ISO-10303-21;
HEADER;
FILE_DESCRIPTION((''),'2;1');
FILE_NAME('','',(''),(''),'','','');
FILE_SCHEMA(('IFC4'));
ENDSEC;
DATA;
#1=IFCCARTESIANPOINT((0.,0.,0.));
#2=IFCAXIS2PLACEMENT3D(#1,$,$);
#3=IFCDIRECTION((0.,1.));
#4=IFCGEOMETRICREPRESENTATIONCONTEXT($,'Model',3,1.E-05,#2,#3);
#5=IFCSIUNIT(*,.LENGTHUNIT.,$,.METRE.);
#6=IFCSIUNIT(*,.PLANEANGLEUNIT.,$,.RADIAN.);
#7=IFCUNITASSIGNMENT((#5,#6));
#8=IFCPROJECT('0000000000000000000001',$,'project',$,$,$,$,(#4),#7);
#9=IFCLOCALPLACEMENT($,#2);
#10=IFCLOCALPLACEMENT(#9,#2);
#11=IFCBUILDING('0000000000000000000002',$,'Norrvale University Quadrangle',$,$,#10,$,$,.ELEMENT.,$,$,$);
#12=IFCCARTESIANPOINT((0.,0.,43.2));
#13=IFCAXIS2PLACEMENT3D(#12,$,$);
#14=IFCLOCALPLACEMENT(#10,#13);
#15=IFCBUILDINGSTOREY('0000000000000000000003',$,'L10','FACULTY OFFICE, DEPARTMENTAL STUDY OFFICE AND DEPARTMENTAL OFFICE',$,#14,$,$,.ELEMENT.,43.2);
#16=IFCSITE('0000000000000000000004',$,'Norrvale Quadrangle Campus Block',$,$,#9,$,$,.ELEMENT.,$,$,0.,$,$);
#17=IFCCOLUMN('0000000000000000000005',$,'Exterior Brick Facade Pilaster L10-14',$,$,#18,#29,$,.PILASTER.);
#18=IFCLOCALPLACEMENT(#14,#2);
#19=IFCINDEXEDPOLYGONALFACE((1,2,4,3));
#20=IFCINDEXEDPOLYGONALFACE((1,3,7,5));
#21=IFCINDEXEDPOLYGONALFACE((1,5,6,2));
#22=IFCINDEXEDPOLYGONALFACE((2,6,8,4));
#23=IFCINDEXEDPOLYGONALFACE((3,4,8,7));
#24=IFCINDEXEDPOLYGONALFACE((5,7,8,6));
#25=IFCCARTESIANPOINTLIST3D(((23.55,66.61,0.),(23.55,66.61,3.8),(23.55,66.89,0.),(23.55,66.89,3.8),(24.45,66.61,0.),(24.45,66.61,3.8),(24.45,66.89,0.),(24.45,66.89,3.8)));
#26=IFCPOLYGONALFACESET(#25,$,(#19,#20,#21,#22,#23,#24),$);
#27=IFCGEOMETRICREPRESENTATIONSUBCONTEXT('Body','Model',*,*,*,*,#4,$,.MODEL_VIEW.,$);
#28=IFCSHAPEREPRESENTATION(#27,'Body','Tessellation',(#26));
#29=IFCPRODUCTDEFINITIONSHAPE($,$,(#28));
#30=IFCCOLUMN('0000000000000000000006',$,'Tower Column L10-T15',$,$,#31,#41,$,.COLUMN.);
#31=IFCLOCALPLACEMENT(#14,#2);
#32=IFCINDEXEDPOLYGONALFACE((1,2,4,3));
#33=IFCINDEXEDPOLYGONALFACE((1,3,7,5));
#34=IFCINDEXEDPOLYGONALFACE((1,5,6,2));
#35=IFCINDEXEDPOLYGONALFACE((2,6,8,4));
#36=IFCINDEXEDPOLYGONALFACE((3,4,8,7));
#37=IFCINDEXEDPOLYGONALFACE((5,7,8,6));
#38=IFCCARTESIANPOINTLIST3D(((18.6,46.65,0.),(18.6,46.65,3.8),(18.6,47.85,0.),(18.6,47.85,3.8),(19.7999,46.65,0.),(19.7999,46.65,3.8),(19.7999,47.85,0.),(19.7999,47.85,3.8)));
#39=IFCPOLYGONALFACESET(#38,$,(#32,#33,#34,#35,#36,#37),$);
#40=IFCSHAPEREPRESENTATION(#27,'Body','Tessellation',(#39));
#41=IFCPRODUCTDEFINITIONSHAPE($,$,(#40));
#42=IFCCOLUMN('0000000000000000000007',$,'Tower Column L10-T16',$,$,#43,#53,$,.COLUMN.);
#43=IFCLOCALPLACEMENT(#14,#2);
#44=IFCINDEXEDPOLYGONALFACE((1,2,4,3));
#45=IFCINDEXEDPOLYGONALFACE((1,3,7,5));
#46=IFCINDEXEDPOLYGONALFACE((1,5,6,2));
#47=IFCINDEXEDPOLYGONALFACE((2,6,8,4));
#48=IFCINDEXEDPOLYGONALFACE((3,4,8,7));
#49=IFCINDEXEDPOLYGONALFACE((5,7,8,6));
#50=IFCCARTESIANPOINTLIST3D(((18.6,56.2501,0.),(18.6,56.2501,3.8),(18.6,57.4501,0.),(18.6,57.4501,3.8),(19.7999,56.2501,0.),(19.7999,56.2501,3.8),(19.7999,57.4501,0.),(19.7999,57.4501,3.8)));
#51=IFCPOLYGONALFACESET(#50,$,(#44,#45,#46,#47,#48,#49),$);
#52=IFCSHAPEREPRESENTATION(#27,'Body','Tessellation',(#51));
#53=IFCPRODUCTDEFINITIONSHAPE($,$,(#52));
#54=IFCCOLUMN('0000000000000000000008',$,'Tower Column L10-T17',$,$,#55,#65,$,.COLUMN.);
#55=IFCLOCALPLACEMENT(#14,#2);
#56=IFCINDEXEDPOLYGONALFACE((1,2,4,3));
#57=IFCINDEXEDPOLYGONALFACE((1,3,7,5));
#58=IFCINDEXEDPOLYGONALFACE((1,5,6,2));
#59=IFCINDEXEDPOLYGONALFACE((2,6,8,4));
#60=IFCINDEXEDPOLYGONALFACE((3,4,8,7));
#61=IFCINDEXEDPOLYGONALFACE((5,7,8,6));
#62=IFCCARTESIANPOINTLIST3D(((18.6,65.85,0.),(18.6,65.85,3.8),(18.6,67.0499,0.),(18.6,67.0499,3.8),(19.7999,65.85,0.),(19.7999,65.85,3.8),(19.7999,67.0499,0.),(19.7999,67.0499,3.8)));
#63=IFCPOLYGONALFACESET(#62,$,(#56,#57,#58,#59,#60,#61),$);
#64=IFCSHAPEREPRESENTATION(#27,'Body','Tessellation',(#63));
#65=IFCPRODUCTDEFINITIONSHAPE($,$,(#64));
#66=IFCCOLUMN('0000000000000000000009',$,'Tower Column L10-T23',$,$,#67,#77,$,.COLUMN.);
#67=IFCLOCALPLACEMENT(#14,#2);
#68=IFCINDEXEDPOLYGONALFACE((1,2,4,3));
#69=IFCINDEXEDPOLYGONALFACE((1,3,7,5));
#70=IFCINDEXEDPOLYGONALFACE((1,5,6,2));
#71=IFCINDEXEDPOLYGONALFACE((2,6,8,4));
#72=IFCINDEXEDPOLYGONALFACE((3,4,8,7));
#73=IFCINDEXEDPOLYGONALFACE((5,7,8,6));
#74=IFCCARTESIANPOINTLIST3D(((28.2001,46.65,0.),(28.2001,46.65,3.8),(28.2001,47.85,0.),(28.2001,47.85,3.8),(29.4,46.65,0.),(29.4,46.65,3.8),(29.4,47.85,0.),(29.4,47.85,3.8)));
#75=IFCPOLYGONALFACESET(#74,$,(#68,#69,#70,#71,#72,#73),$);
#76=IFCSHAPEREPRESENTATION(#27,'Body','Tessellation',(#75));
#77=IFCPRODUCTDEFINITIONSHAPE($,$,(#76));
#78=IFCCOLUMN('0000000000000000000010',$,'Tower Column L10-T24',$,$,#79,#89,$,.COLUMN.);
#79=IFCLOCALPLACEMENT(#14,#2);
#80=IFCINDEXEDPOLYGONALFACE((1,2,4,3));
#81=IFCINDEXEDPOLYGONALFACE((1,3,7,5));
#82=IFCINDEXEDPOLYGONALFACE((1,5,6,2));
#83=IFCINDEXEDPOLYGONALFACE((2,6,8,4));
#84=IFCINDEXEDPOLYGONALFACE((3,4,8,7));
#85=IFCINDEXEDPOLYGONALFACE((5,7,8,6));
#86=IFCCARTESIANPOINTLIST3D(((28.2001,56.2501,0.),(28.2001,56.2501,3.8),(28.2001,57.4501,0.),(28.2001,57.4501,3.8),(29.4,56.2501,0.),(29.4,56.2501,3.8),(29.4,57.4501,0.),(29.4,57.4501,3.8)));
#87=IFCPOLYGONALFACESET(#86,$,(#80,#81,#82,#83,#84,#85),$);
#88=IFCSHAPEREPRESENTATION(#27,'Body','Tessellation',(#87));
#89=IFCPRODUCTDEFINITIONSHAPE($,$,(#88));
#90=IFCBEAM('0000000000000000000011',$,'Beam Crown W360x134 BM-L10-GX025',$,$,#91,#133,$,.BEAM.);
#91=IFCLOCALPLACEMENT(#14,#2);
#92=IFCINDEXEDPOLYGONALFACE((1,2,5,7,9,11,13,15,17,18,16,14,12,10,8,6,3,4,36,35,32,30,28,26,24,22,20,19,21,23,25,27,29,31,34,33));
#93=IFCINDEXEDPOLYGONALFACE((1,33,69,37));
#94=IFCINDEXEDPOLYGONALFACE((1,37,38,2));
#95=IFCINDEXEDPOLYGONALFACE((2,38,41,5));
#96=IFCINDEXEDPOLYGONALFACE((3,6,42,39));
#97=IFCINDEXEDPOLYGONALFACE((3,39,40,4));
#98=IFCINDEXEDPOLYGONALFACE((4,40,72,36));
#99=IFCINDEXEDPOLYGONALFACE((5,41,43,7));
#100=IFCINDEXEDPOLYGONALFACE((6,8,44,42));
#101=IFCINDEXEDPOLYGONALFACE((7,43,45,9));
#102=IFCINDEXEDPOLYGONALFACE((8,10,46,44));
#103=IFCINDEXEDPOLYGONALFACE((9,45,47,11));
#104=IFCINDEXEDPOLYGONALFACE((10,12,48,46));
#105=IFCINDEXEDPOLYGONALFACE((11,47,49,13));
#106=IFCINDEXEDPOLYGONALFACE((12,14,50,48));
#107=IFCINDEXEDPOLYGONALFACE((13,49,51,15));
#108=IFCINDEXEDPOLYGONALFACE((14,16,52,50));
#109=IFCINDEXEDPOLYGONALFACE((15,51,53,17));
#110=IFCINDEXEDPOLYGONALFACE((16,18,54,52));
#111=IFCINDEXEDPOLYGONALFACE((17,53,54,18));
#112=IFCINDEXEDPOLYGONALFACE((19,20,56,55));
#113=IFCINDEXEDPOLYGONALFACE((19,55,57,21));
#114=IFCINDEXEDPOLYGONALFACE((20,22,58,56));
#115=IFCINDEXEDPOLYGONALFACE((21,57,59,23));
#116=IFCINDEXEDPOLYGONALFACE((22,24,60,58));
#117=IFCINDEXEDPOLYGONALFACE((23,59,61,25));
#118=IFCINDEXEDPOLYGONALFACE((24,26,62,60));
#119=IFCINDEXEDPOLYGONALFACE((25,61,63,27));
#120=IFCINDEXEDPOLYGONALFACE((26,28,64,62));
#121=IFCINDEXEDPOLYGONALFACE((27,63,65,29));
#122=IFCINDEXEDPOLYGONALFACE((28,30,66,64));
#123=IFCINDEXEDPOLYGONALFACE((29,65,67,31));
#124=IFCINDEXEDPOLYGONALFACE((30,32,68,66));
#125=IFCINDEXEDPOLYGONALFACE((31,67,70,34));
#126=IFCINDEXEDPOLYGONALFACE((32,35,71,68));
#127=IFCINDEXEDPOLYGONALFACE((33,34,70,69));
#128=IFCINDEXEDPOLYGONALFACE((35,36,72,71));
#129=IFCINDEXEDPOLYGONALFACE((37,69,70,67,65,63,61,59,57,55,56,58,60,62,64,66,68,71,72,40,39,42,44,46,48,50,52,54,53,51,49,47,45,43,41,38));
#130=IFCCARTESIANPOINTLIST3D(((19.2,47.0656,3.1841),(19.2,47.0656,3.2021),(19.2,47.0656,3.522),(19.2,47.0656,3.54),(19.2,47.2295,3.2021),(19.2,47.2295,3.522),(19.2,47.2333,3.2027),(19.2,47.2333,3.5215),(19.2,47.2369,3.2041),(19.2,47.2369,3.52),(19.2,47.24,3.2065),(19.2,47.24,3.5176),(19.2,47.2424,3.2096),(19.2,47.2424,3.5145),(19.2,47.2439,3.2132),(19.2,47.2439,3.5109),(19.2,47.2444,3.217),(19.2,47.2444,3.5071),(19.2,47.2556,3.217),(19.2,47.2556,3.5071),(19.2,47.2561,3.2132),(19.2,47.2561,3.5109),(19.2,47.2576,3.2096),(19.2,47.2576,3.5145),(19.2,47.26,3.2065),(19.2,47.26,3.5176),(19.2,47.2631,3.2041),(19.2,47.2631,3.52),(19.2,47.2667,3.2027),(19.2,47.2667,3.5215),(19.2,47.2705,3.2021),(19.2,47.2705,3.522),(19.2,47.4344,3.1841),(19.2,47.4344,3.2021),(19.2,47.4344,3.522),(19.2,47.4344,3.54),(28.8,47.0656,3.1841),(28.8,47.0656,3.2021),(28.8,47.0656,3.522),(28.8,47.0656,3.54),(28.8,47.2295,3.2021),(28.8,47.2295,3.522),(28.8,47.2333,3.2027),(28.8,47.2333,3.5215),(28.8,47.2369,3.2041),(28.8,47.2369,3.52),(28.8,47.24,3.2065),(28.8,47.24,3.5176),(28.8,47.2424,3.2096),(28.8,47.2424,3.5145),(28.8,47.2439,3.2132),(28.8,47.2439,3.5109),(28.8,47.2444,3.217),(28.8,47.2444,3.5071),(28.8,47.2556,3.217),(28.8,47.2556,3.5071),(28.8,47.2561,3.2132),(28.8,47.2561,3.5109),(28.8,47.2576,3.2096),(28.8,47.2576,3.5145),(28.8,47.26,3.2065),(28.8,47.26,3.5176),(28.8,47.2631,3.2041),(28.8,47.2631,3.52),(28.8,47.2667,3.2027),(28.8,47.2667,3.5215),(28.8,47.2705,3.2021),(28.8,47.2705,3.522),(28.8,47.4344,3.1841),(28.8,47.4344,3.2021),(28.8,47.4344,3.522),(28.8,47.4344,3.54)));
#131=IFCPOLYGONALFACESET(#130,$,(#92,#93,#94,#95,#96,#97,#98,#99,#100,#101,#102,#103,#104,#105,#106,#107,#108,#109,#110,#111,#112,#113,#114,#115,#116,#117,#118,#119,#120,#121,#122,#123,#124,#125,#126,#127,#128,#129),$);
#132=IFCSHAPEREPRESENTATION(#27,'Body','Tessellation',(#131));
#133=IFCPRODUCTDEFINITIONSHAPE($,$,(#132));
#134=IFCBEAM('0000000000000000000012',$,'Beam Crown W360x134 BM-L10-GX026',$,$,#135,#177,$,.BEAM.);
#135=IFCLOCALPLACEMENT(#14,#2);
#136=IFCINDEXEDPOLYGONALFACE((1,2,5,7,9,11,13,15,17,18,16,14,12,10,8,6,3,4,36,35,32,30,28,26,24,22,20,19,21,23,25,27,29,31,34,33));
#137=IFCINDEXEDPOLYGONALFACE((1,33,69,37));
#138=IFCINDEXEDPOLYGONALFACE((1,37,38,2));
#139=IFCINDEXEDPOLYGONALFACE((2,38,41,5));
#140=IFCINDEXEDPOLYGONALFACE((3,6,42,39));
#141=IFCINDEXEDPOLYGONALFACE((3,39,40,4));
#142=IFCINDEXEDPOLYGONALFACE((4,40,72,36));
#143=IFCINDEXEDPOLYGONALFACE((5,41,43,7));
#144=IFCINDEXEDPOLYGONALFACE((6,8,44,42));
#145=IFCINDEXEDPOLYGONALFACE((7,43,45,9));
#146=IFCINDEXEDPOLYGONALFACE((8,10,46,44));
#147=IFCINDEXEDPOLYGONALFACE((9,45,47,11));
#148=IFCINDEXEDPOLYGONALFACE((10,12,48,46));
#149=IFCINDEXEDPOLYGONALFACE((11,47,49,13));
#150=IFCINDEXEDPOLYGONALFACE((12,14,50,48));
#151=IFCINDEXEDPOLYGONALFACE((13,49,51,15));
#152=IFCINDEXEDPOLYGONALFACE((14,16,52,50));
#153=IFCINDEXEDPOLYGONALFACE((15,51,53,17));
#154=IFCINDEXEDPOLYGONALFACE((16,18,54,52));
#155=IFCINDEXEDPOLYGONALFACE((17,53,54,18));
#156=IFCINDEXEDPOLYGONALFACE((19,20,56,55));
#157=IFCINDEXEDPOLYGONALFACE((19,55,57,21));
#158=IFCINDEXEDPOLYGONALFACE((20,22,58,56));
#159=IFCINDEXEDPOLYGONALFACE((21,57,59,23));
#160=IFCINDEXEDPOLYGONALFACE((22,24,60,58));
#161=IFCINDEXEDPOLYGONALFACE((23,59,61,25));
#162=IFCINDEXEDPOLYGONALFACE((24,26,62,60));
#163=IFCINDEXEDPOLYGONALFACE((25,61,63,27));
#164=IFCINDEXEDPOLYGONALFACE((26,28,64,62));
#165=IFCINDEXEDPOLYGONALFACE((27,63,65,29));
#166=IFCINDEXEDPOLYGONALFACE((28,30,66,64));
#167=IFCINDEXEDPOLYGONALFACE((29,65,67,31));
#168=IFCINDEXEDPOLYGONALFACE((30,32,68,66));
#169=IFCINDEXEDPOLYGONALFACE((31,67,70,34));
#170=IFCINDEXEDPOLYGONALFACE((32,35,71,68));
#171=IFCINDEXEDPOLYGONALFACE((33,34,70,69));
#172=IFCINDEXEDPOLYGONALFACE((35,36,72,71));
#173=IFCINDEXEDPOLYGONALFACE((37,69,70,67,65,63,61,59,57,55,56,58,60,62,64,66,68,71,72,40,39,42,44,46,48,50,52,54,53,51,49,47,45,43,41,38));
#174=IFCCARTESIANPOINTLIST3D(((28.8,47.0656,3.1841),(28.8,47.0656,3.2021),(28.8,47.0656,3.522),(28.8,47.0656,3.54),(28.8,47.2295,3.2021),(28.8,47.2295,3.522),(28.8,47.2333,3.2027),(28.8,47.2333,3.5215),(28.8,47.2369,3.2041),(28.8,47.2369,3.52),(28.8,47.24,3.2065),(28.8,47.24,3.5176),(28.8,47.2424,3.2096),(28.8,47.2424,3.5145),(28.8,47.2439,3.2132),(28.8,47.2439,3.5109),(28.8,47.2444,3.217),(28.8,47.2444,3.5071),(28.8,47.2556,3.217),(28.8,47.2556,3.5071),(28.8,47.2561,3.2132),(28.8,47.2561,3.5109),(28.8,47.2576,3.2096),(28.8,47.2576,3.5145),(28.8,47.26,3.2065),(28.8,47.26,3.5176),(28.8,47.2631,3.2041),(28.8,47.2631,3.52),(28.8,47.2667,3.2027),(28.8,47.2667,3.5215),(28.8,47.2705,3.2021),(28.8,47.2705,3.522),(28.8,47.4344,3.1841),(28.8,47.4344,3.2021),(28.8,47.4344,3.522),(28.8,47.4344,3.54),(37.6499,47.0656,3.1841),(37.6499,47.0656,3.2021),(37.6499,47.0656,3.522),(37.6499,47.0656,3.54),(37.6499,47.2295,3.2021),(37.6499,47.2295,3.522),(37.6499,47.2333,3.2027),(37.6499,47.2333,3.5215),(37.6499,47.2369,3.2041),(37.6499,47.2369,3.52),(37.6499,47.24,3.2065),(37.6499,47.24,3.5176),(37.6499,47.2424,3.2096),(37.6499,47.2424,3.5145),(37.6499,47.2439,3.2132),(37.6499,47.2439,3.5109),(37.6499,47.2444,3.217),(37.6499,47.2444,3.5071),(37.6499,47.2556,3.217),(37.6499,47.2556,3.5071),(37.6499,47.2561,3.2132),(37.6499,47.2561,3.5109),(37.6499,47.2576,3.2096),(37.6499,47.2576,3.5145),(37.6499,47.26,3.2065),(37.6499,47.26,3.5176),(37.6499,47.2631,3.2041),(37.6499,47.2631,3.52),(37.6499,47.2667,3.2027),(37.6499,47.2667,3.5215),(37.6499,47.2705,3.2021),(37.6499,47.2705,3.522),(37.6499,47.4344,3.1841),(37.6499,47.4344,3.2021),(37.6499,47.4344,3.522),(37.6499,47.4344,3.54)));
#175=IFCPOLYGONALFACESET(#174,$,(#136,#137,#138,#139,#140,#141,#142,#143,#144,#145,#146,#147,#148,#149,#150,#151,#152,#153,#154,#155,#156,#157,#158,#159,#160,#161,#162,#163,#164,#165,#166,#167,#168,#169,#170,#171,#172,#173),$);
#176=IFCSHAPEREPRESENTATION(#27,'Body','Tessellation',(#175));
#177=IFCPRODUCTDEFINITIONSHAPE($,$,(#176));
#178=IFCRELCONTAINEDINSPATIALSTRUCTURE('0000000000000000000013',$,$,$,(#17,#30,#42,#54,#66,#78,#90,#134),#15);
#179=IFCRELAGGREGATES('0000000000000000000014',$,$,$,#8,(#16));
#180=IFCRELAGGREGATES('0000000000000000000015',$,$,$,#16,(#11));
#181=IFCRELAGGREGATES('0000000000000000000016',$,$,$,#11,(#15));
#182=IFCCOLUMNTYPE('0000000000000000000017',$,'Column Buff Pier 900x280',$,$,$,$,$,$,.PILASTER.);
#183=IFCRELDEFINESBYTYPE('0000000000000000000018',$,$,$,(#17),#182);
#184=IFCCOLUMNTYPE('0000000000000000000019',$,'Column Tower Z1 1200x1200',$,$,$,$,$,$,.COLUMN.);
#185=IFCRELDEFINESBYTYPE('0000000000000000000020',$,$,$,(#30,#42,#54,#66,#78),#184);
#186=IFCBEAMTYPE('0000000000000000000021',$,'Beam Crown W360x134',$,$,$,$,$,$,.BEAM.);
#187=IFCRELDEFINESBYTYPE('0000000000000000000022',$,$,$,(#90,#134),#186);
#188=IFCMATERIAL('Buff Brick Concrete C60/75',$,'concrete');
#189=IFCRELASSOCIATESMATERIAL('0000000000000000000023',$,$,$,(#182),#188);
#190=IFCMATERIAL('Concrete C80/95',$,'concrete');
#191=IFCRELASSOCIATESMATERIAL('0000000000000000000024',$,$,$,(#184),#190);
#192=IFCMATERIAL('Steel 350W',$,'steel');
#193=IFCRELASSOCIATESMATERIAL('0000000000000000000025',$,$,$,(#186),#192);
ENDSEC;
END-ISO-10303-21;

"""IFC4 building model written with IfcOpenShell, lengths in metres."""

from ifc_helpers import new_model, si_unit, direction, frame, origin, origin_2d, place, context, subcontext, project, spatial, rectangle, i_section, extrude, material, material_profile, profile_set, type_object, element, save


model = new_model("IFC4")

# Units and contexts
model_context = context("Model", 3, precision=1e-05, world=origin(), true_north=direction((0.0, 1.0)))
body_context = subcontext(model_context, "Body", "Model", "MODEL_VIEW")
ifc_project = project(units=[si_unit("LENGTHUNIT", "METRE"), si_unit("PLANEANGLEUNIT", "RADIAN")], contexts=[model_context])

# Site, building, storey
site_placement = place(None, origin())
site = spatial("IfcSite", under=ifc_project, at=site_placement, Name="Norrvale Quadrangle Campus Block", CompositionType="ELEMENT", RefElevation=0.0)
building_placement = place(site_placement, origin())
building = spatial("IfcBuilding", under=site, at=building_placement, Name="Norrvale University Quadrangle", CompositionType="ELEMENT")
storey_placement = place(building_placement, frame((0.0, 0.0, 43.2)))
storey = spatial("IfcBuildingStorey", under=building, at=storey_placement, Name="L10", Description="FACULTY OFFICE, DEPARTMENTAL STUDY OFFICE AND DEPARTMENTAL OFFICE", CompositionType="ELEMENT", Elevation=43.2)

# Columns
ifc_material_1 = material(Name="Buff Brick Concrete C60/75", Category="concrete")
ifc_material_profile_1 = material_profile(ifc_material_1, rectangle(XDim=0.8999, YDim=0.28, at=origin_2d()), Name="Buff Brick Concrete C60/75")
ifc_profile_set_1 = profile_set([ifc_material_profile_1], Name="Buff Brick Concrete C60/75")
column_type_1 = type_object("IfcColumnType", Name="Column Buff Pier 900x280", PredefinedType="PILASTER", material=ifc_profile_set_1)
column_placement = place(storey_placement, frame((24.0, 66.75, 0.0), z_axis=(0.0, 0.0, 1.0), x_axis=(1.0, 0.0, 0.0)))
element("IfcColumn", 1, at=column_placement, inside=storey, type_object=column_type_1, Name="Exterior Brick Facade Pilaster L10-14", PredefinedType="PILASTER", context=body_context, shape_type="SweptSolid", body=[
    extrude(rectangle(XDim=0.8999, YDim=0.28, at=origin_2d()), origin(), (0.0, 0.0, 1.0), 3.8),
])
ifc_material_2 = material(Name="Concrete C80/95", Category="concrete")
ifc_material_profile_2 = material_profile(ifc_material_2, rectangle(XDim=1.2, YDim=1.2, at=origin_2d()), Name="Concrete C80/95")
ifc_profile_set_2 = profile_set([ifc_material_profile_2], Name="Concrete C80/95")
column_type_2 = type_object("IfcColumnType", Name="Column Tower Z1 1200x1200", PredefinedType="COLUMN", material=ifc_profile_set_2)
for number, where, z_axis, x_axis, name in (
    (2, (19.2, 47.25, 0.0), (0.0, 0.0, 1.0), (1.0, 0.0, 0.0), "Tower Column L10-T15"),
    (3, (19.2, 56.8501, 0.0), (0.0, 0.0, 1.0), (1.0, 0.0, 0.0), "Tower Column L10-T16"),
    (4, (19.2, 66.45, 0.0), (0.0, 0.0, 1.0), (1.0, 0.0, 0.0), "Tower Column L10-T17"),
    (5, (28.8, 47.25, 0.0), (0.0, 0.0, 1.0), (1.0, 0.0, 0.0), "Tower Column L10-T23"),
    (6, (28.8, 56.8501, 0.0), (0.0, 0.0, 1.0), (1.0, 0.0, 0.0), "Tower Column L10-T24"),
):
    element("IfcColumn", number, at=place(storey_placement, frame(where, z_axis=z_axis, x_axis=x_axis)), inside=storey, type_object=column_type_2, Name=name, PredefinedType="COLUMN", context=body_context, shape_type="SweptSolid", body=[
        extrude(rectangle(XDim=1.2, YDim=1.2, at=origin_2d()), origin(), (0.0, 0.0, 1.0), 3.8),
    ])

# Beams
ifc_material_3 = material(Name="Steel 350W", Category="steel")
ifc_material_profile_3 = material_profile(ifc_material_3, i_section(OverallWidth=0.3689, OverallDepth=0.356, WebThickness=0.0112, FlangeThickness=0.0181, FilletRadius=0.0149, at=origin_2d()), Name="Steel 350W")
ifc_profile_set_3 = profile_set([ifc_material_profile_3], Name="Steel 350W")
beam_type_1 = type_object("IfcBeamType", Name="Beam Crown W360x134", PredefinedType="BEAM", material=ifc_profile_set_3)
beam_1_placement = place(storey_placement, frame((19.2, 47.25, 3.3621), z_axis=(1.0, 0.0, 0.0), x_axis=(0.0, 1.0, 0.0)))
element("IfcBeam", 7, at=beam_1_placement, inside=storey, type_object=beam_type_1, Name="Beam Crown W360x134 BM-L10-GX025", PredefinedType="BEAM", context=body_context, shape_type="SweptSolid", body=[
    extrude(i_section(OverallWidth=0.3689, OverallDepth=0.356, WebThickness=0.0112, FlangeThickness=0.0181, FilletRadius=0.0149, at=origin_2d()), origin(), (0.0, 0.0, 1.0), 9.6001),
])
beam_2_placement = place(storey_placement, frame((28.8, 47.25, 3.3621), z_axis=(1.0, 0.0, 0.0), x_axis=(0.0, 1.0, 0.0)))
element("IfcBeam", 8, at=beam_2_placement, inside=storey, type_object=beam_type_1, Name="Beam Crown W360x134 BM-L10-GX026", PredefinedType="BEAM", context=body_context, shape_type="SweptSolid", body=[
    extrude(i_section(OverallWidth=0.3689, OverallDepth=0.356, WebThickness=0.0112, FlangeThickness=0.0181, FilletRadius=0.0149, at=origin_2d()), origin(), (0.0, 0.0, 1.0), 8.8499),
])

save(model, "model.ifc")
